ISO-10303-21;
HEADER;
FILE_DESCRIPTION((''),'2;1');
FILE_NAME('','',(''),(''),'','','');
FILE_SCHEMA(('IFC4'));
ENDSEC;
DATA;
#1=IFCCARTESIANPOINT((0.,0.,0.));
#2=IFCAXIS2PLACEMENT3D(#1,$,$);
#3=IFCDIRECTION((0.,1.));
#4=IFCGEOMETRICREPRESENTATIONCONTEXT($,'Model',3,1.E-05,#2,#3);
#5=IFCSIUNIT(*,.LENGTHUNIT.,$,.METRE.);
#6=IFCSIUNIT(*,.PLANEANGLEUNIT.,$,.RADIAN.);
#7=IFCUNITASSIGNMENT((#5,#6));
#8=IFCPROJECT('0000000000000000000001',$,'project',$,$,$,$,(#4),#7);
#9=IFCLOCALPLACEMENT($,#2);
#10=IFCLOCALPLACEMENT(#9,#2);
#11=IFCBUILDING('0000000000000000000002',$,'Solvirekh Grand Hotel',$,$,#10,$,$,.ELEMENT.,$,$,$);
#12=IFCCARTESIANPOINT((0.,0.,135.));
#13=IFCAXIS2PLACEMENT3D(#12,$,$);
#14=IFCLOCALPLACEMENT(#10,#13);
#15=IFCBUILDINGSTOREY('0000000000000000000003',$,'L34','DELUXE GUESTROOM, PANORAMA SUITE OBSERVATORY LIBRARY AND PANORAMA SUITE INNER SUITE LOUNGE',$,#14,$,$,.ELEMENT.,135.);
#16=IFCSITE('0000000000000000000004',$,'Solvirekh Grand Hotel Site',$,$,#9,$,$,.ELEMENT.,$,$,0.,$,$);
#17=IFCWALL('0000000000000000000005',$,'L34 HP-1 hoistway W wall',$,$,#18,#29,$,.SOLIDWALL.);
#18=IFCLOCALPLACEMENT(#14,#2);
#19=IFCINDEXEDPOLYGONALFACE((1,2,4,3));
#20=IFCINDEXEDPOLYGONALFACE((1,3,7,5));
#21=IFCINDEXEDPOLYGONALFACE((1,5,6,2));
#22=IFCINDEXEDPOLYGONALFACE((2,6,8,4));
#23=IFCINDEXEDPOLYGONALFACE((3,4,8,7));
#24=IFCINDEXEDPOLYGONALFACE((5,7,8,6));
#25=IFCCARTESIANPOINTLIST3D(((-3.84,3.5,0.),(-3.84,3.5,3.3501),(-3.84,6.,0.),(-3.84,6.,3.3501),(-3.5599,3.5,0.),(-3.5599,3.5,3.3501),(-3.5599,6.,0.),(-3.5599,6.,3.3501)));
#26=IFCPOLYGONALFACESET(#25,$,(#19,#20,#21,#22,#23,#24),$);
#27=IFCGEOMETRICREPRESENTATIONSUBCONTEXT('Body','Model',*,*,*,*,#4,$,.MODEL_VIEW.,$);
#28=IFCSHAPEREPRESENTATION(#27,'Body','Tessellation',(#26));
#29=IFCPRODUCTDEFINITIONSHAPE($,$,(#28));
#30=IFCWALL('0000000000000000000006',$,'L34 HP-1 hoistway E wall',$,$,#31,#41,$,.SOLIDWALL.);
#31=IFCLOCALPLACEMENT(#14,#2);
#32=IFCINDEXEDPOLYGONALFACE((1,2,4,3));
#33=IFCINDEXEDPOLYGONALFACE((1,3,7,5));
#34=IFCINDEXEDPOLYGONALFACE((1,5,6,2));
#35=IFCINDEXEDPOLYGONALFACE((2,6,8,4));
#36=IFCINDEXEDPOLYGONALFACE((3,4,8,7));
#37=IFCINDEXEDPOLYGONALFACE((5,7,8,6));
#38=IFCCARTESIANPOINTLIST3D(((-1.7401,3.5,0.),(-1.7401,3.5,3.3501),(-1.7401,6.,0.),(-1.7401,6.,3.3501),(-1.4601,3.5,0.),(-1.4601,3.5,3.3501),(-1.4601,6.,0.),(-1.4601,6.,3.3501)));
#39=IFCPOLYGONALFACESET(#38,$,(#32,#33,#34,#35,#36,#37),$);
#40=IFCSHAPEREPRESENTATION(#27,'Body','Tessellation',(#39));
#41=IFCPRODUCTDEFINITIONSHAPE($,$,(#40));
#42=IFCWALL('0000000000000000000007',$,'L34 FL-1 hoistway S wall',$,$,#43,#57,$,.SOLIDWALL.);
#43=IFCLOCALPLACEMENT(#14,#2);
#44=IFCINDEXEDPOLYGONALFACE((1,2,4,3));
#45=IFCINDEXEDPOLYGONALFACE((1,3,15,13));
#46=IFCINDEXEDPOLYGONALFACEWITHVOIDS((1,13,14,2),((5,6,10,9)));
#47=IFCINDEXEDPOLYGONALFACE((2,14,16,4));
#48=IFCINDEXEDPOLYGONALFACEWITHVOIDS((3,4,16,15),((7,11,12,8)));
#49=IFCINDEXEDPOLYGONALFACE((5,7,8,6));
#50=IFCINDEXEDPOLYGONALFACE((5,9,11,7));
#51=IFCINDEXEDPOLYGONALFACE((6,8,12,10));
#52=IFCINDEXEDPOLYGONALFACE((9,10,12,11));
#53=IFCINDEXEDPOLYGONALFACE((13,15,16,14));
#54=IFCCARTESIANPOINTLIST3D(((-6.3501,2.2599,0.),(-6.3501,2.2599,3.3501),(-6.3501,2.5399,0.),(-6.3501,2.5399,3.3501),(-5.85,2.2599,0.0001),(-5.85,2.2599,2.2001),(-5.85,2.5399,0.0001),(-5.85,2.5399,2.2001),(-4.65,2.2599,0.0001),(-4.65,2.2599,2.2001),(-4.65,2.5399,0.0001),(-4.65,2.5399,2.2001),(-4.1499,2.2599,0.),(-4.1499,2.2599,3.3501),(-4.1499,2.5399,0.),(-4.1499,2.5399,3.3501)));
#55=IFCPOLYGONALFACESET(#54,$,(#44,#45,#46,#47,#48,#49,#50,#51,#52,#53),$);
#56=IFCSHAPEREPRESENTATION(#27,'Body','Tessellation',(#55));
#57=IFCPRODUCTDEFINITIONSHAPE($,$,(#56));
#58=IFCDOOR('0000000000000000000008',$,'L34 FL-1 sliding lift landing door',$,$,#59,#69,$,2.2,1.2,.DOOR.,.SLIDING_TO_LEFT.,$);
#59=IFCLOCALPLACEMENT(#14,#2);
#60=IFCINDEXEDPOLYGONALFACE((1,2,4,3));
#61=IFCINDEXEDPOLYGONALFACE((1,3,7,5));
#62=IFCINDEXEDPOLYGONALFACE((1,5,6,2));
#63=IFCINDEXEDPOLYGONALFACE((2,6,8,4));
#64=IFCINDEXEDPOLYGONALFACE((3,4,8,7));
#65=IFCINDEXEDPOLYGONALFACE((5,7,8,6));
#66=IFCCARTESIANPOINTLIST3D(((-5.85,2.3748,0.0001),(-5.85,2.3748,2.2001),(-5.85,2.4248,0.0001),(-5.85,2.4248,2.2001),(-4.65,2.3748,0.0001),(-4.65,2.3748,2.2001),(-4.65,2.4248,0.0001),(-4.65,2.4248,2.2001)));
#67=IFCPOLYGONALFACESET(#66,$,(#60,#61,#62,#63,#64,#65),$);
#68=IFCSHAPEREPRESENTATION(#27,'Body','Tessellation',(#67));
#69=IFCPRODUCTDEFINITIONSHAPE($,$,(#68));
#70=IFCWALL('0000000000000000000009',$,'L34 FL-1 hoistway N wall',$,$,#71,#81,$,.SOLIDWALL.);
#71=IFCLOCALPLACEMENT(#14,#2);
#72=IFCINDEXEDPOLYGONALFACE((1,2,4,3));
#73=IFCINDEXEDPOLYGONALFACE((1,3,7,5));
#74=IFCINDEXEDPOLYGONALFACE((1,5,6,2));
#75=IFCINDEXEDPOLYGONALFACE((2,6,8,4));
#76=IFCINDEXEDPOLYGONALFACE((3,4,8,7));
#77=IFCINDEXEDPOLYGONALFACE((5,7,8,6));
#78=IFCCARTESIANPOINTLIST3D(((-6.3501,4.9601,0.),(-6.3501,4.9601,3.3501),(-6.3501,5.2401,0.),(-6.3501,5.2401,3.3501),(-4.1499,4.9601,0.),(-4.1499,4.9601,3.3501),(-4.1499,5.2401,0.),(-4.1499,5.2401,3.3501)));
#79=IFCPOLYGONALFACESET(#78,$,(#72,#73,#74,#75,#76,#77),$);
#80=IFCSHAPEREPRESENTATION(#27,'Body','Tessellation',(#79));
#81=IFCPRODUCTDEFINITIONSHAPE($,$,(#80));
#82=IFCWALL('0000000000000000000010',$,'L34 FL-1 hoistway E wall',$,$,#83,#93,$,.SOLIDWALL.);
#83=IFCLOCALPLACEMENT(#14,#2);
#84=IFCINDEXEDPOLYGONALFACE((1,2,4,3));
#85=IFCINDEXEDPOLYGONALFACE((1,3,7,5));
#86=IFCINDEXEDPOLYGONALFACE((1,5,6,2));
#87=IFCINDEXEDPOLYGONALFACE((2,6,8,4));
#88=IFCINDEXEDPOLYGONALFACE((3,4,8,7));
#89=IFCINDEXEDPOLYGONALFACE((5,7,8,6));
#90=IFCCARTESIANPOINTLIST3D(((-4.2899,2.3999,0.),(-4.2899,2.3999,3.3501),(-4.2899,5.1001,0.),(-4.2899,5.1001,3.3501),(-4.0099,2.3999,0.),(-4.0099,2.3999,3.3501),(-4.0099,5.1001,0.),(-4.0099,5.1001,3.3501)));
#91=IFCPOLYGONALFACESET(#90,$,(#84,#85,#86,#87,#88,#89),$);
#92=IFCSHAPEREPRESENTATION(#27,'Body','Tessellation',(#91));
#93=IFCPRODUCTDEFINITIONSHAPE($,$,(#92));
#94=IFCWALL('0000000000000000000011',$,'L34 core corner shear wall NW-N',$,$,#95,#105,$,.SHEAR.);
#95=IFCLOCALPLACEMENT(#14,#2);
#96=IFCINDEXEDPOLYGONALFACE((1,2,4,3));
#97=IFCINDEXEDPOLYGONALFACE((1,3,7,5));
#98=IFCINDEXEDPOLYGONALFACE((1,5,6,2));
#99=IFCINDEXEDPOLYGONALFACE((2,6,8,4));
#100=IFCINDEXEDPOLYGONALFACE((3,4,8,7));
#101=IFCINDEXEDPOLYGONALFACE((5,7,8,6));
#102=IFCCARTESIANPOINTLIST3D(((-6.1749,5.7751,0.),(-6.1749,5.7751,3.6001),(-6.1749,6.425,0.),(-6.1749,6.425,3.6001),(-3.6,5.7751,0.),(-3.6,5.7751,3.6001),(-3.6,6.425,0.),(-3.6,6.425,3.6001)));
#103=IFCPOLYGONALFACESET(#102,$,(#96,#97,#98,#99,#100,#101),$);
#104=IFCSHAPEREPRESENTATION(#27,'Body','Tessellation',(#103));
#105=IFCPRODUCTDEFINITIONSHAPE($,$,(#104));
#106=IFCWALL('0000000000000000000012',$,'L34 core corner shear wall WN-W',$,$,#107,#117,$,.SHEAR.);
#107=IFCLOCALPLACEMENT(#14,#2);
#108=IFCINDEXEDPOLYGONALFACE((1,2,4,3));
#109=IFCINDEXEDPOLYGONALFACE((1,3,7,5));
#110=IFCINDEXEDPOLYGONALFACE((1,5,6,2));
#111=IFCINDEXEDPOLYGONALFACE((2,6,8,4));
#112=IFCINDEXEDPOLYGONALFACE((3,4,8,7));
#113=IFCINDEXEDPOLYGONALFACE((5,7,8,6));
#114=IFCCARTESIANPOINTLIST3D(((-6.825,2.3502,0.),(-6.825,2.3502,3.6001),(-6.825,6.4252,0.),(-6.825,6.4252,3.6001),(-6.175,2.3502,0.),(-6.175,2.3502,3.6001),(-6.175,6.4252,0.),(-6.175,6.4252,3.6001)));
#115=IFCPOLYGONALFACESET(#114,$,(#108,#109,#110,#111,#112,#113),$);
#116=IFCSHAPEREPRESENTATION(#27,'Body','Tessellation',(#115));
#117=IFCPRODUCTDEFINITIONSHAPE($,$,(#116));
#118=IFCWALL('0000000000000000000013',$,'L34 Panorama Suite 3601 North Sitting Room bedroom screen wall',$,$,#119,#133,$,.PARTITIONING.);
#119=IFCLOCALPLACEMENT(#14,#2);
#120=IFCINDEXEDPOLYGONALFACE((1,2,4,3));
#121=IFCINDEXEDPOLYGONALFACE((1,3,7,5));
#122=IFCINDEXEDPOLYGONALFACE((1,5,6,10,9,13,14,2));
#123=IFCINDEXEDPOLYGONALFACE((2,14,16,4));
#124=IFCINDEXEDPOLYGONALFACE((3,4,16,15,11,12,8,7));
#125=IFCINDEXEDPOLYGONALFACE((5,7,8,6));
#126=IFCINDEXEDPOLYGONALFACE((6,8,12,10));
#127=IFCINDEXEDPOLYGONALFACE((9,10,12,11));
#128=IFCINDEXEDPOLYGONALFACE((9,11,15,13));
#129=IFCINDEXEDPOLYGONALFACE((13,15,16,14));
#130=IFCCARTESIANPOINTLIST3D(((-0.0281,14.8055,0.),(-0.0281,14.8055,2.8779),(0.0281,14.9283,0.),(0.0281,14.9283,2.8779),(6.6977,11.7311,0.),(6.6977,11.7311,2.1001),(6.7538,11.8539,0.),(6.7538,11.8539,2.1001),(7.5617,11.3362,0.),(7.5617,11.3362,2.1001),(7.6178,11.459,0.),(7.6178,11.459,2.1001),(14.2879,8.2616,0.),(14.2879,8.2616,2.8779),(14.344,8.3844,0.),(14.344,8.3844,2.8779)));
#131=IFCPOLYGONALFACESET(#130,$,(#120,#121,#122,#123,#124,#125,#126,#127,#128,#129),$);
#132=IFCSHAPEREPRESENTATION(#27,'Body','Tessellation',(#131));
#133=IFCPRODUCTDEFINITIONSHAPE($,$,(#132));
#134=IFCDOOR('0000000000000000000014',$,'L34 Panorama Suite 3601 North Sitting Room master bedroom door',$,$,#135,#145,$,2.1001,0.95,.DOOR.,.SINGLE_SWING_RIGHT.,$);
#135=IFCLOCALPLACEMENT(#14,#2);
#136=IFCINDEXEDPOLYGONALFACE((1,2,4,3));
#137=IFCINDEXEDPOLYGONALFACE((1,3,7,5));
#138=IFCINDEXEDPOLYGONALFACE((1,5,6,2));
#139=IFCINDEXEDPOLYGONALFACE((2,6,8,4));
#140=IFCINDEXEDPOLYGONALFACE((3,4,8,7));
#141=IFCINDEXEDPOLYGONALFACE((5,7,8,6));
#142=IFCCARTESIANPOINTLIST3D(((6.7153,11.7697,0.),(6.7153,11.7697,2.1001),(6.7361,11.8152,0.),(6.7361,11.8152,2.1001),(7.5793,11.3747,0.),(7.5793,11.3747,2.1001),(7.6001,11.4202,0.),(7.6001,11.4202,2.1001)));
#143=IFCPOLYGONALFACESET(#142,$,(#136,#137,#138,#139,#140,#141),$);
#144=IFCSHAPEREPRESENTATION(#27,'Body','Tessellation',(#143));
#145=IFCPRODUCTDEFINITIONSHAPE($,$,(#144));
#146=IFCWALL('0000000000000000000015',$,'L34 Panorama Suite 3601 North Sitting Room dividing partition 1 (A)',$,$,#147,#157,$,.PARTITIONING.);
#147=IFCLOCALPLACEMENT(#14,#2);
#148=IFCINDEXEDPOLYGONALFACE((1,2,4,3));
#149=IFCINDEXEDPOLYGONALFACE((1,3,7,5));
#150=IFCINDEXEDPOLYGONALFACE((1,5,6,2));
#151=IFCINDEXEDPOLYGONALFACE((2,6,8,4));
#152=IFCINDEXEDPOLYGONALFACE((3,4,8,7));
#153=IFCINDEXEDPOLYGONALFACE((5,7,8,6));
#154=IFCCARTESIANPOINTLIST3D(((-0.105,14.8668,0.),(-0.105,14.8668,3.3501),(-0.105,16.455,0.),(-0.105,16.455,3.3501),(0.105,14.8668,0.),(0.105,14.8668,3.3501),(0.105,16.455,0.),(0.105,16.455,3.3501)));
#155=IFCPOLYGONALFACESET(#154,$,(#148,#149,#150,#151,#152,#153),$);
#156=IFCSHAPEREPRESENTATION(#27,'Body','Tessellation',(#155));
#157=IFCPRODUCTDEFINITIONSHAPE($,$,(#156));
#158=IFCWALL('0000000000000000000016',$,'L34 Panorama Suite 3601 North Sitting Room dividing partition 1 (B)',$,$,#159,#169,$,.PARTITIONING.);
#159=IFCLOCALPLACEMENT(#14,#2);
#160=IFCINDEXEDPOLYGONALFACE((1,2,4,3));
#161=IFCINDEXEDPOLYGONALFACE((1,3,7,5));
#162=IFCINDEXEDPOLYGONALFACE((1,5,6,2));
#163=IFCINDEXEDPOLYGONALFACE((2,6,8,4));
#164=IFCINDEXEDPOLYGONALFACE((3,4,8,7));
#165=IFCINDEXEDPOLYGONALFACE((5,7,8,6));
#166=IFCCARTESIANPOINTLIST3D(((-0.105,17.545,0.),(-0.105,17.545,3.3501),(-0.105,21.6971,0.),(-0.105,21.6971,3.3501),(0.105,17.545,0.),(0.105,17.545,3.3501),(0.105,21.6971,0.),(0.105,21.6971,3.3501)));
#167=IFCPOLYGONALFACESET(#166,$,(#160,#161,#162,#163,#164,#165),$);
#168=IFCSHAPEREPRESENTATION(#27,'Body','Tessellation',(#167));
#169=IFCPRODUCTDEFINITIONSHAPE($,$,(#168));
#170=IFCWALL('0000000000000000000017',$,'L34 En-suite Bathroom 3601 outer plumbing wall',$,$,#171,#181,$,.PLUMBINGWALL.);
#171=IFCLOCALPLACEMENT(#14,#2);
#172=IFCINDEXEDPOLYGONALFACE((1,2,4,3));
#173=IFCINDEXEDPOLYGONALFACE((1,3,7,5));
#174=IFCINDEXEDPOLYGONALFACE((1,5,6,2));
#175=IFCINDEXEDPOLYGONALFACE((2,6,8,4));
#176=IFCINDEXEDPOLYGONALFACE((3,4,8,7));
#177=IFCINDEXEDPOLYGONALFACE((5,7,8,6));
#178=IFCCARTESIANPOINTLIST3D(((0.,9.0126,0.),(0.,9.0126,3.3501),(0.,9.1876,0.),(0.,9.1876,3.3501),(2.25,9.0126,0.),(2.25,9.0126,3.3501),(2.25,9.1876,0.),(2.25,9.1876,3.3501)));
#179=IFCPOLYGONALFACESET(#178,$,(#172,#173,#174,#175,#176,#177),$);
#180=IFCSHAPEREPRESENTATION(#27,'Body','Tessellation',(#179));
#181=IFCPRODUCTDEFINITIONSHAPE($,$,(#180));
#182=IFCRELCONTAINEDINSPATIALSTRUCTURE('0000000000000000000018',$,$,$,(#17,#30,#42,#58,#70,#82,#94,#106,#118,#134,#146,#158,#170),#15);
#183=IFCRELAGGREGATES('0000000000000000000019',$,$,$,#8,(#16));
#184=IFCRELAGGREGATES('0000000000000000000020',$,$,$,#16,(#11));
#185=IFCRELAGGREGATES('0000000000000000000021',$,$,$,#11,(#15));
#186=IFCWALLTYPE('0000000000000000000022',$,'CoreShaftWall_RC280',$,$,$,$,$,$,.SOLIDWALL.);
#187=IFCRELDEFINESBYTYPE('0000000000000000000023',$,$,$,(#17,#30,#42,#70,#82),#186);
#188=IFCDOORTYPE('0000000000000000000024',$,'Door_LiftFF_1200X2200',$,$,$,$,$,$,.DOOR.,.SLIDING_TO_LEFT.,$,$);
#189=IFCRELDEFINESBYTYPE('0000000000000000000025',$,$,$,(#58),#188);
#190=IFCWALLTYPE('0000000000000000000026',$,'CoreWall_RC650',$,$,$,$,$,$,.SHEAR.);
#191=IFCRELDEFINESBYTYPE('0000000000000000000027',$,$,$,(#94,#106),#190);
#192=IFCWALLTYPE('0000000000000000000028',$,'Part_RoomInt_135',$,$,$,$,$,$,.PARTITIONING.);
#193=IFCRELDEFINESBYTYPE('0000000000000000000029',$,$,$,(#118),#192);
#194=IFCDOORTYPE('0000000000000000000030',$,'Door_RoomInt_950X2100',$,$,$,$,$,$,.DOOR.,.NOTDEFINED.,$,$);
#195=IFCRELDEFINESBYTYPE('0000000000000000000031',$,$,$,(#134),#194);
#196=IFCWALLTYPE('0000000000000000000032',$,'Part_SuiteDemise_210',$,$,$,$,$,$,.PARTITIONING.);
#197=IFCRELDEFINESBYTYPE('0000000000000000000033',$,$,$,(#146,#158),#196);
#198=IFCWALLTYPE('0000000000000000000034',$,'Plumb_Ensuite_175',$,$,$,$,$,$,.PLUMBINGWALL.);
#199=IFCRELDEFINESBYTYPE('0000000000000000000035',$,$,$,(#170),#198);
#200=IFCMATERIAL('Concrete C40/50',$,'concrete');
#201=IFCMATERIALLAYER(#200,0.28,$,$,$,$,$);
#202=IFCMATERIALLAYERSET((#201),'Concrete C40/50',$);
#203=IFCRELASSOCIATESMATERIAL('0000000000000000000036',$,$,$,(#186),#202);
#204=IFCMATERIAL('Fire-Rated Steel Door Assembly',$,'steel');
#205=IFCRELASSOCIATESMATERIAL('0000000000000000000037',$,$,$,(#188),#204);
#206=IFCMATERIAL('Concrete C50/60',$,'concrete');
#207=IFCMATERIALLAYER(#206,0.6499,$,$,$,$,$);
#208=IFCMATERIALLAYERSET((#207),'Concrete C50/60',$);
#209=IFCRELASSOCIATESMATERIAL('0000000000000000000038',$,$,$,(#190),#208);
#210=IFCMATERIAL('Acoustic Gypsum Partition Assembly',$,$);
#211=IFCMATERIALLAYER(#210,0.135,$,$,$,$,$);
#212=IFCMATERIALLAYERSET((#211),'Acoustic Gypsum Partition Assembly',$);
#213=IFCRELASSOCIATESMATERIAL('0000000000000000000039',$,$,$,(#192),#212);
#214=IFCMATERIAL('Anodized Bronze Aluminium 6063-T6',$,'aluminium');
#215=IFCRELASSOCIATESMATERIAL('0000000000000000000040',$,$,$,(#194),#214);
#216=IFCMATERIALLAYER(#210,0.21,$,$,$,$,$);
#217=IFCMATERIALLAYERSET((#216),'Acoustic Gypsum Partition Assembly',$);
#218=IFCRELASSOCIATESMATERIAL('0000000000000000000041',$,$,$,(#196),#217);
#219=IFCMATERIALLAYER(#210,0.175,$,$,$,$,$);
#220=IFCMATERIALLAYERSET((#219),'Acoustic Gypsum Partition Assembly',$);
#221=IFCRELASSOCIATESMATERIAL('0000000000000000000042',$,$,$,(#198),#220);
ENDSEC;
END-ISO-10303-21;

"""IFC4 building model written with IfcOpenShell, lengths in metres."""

from ifc_helpers import new_model, si_unit, direction, frame, frame_2d, origin, place, context, subcontext, project, spatial, rectangle, extrude, material, layer, layer_set, type_object, element, fill, save


model = new_model("IFC4")

# Units and contexts
model_context = context("Model", 3, precision=1e-05, world=origin(), true_north=direction((0.0, 1.0)))
body_context = subcontext(model_context, "Body", "Model", "MODEL_VIEW")
ifc_project = project(units=[si_unit("LENGTHUNIT", "METRE"), si_unit("PLANEANGLEUNIT", "RADIAN")], contexts=[model_context])

# Site, building, storey
site_placement = place(None, origin())
site = spatial("IfcSite", under=ifc_project, at=site_placement, Name="Solvirekh Grand Hotel Site", CompositionType="ELEMENT", RefElevation=0.0)
building_placement = place(site_placement, origin())
building = spatial("IfcBuilding", under=site, at=building_placement, Name="Solvirekh Grand Hotel", CompositionType="ELEMENT")
storey_placement = place(building_placement, frame((0.0, 0.0, 135.0)))
storey = spatial("IfcBuildingStorey", under=building, at=storey_placement, Name="L34", Description="DELUXE GUESTROOM, PANORAMA SUITE OBSERVATORY LIBRARY AND PANORAMA SUITE INNER SUITE LOUNGE", CompositionType="ELEMENT", Elevation=135.0)

# Shared definitions
ifc_material_1 = material(Name="Concrete C50/60", Category="concrete")

# Shared definitions
ifc_material_2 = material(Name="Anodized Bronze Aluminium 6063-T6", Category="aluminium")

# Walls
ifc_material_3 = material(Name="Concrete C40/50", Category="concrete")
ifc_layer_1 = layer(ifc_material_3, 0.28)
ifc_layer_set_1 = layer_set([ifc_layer_1], Name="Concrete C40/50")
wall_type_1 = type_object("IfcWallType", Name="CoreShaftWall_RC280", PredefinedType="SOLIDWALL", material=ifc_layer_set_1)
for number, where, z_axis, x_axis, name in (
    (1, (-3.7, 6.0, 0.0), (0.0, 0.0, 1.0), (0.0, -1.0, 0.0), "L34 HP-1 hoistway W wall"),
    (2, (-1.6001, 3.5, 0.0), (0.0, 0.0, 1.0), (0.0, 1.0, 0.0), "L34 HP-1 hoistway E wall"),
):
    element("IfcWall", number, at=place(storey_placement, frame(where, z_axis=z_axis, x_axis=x_axis)), inside=storey, type_object=wall_type_1, Name=name, PredefinedType="SOLIDWALL", context=body_context, shape_type="SweptSolid", body=[
        extrude(rectangle(XDim=2.5, YDim=0.28, at=frame_2d((1.25, 0.0))), origin(), (0.0, 0.0, 1.0), 3.3501),
    ])

# Wall, opening, door
wall_1_placement = place(storey_placement, frame((-6.3501, 2.3999, 0.0), z_axis=(0.0, 0.0, 1.0), x_axis=(1.0, 0.0, 0.0)))
wall_1 = element("IfcWall", 3, at=wall_1_placement, inside=storey, type_object=wall_type_1, Name="L34 FL-1 hoistway S wall", PredefinedType="SOLIDWALL", context=body_context, shape_type="SweptSolid", body=[
    extrude(rectangle(XDim=2.2002, YDim=0.28, at=frame_2d((1.1001, 0.0))), origin(), (0.0, 0.0, 1.0), 3.3501),
])
opening_1_placement = place(wall_1_placement, frame((0.5, 0.0, 0.0)))
opening_1 = element("IfcOpeningElement", 4, at=opening_1_placement, cuts=wall_1, PredefinedType="OPENING", context=body_context, shape_type="SweptSolid", body=[
    extrude(rectangle(XDim=1.2, YDim=2.2, at=frame_2d((0.6001, 1.1001))), frame((0.0, 0.1499, 0.0), z_axis=(0.0, -1.0, 0.0), x_axis=(1.0, 0.0, 0.0)), (0.0, 0.0, 1.0), 0.3),
])
ifc_material_4 = material(Name="Fire-Rated Steel Door Assembly", Category="steel")
door_type_1 = type_object("IfcDoorType", Name="Door_LiftFF_1200X2200", OperationType="SLIDING_TO_LEFT", PredefinedType="DOOR", material=ifc_material_4)
door_1_placement = place(opening_1_placement, origin())
door_1 = element("IfcDoor", 5, at=door_1_placement, inside=storey, type_object=door_type_1, Name="L34 FL-1 sliding lift landing door", OperationType="SLIDING_TO_LEFT", OverallHeight=2.2, OverallWidth=1.2, PredefinedType="DOOR", context=body_context, shape_type="SweptSolid", body=[
    extrude(rectangle(XDim=1.2, YDim=2.2, at=frame_2d((0.6001, 1.1001))), frame((0.0, 0.0249, 0.0), z_axis=(0.0, -1.0, 0.0), x_axis=(1.0, 0.0, 0.0)), (0.0, 0.0, 1.0), 0.05),
])
fill(opening_1, door_1)

# Walls
wall_2_placement = place(storey_placement, frame((-4.1499, 5.1001, 0.0), z_axis=(0.0, 0.0, 1.0), x_axis=(-1.0, 0.0, 0.0)))
element("IfcWall", 6, at=wall_2_placement, inside=storey, type_object=wall_type_1, Name="L34 FL-1 hoistway N wall", PredefinedType="SOLIDWALL", context=body_context, shape_type="SweptSolid", body=[
    extrude(rectangle(XDim=2.2002, YDim=0.28, at=frame_2d((1.1001, 0.0))), origin(), (0.0, 0.0, 1.0), 3.3501),
])
wall_3_placement = place(storey_placement, frame((-4.1499, 2.3999, 0.0), z_axis=(0.0, 0.0, 1.0), x_axis=(0.0, 1.0, 0.0)))
element("IfcWall", 7, at=wall_3_placement, inside=storey, type_object=wall_type_1, Name="L34 FL-1 hoistway E wall", PredefinedType="SOLIDWALL", context=body_context, shape_type="SweptSolid", body=[
    extrude(rectangle(XDim=2.7002, YDim=0.28, at=frame_2d((1.3501, 0.0))), origin(), (0.0, 0.0, 1.0), 3.3501),
])
ifc_layer_2 = layer(ifc_material_1, 0.6499)
ifc_layer_set_2 = layer_set([ifc_layer_2], Name="Concrete C50/60")
wall_type_2 = type_object("IfcWallType", Name="CoreWall_RC650", PredefinedType="SHEAR", material=ifc_layer_set_2)
wall_4_placement = place(storey_placement, frame((-6.175, 6.1001, 0.0), z_axis=(0.0, 0.0, 1.0), x_axis=(1.0, 0.0, 0.0)))
element("IfcWall", 8, at=wall_4_placement, inside=storey, type_object=wall_type_2, Name="L34 core corner shear wall NW-N", PredefinedType="SHEAR", context=body_context, shape_type="SweptSolid", body=[
    extrude(rectangle(XDim=2.575, YDim=0.6499, at=frame_2d((1.2876, 0.0))), origin(), (0.0, 0.0, 1.0), 3.6001),
])
wall_5_placement = place(storey_placement, frame((-6.5, 2.3501, 0.0), z_axis=(0.0, 0.0, 1.0), x_axis=(0.0, 1.0, 0.0)))
element("IfcWall", 9, at=wall_5_placement, inside=storey, type_object=wall_type_2, Name="L34 core corner shear wall WN-W", PredefinedType="SHEAR", context=body_context, shape_type="SweptSolid", body=[
    extrude(rectangle(XDim=4.075, YDim=0.6499, at=frame_2d((2.0376, 0.0))), origin(), (0.0, 0.0, 1.0), 3.6001),
])

# Wall, opening, door
ifc_material_5 = material(Name="Acoustic Gypsum Partition Assembly")
ifc_layer_3 = layer(ifc_material_5, 0.135)
ifc_layer_set_3 = layer_set([ifc_layer_3], Name="Acoustic Gypsum Partition Assembly")
wall_type_3 = type_object("IfcWallType", Name="Part_RoomInt_135", PredefinedType="PARTITIONING", material=ifc_layer_set_3)
wall_6_placement = place(storey_placement, frame((0.0, 14.8669, 0.0), z_axis=(0.0, 0.0, 1.0), x_axis=(0.909486, -0.415735, 0.0)))
wall_6 = element("IfcWall", 10, at=wall_6_placement, inside=storey, type_object=wall_type_3, Name="L34 Panorama Suite 3601 North Sitting Room bedroom screen wall", PredefinedType="PARTITIONING", context=body_context, shape_type="SweptSolid", body=[
    extrude(rectangle(XDim=15.7407, YDim=0.135, at=frame_2d((7.8704, 0.0))), origin(), (0.0, 0.0, 1.0), 2.8779),
])
opening_2_placement = place(wall_6_placement, frame((7.395, 0.0, 0.0)))
opening_2 = element("IfcOpeningElement", 11, at=opening_2_placement, cuts=wall_6, PredefinedType="OPENING", context=body_context, shape_type="SweptSolid", body=[
    extrude(rectangle(XDim=0.95, YDim=2.1001, at=frame_2d((0.4751, 1.05))), frame((0.0, 0.0776, 0.0), z_axis=(0.0, -1.0, 0.0), x_axis=(1.0, 0.0, 0.0)), (0.0, 0.0, 1.0), 0.155),
])
door_type_2 = type_object("IfcDoorType", Name="Door_RoomInt_950X2100", OperationType="NOTDEFINED", PredefinedType="DOOR", material=ifc_material_2)
door_2_placement = place(opening_2_placement, origin())
door_2 = element("IfcDoor", 12, at=door_2_placement, inside=storey, type_object=door_type_2, Name="L34 Panorama Suite 3601 North Sitting Room master bedroom door", OperationType="SINGLE_SWING_RIGHT", OverallHeight=2.1001, OverallWidth=0.95, PredefinedType="DOOR", context=body_context, shape_type="SweptSolid", body=[
    extrude(rectangle(XDim=0.95, YDim=2.1001, at=frame_2d((0.4751, 1.05))), frame((0.0, 0.0249, 0.0), z_axis=(0.0, -1.0, 0.0), x_axis=(1.0, 0.0, 0.0)), (0.0, 0.0, 1.0), 0.05),
])
fill(opening_2, door_2)

# Walls
ifc_layer_4 = layer(ifc_material_5, 0.21)
ifc_layer_set_4 = layer_set([ifc_layer_4], Name="Acoustic Gypsum Partition Assembly")
wall_type_4 = type_object("IfcWallType", Name="Part_SuiteDemise_210", PredefinedType="PARTITIONING", material=ifc_layer_set_4)
wall_7_placement = place(storey_placement, frame((0.0, 14.8669, 0.0), z_axis=(0.0, 0.0, 1.0), x_axis=(0.0, 1.0, 0.0)))
element("IfcWall", 13, at=wall_7_placement, inside=storey, type_object=wall_type_4, Name="L34 Panorama Suite 3601 North Sitting Room dividing partition 1 (A)", PredefinedType="PARTITIONING", context=body_context, shape_type="SweptSolid", body=[
    extrude(rectangle(XDim=1.5881, YDim=0.21, at=frame_2d((0.7939, 0.0))), origin(), (0.0, 0.0, 1.0), 3.3501),
])
wall_8_placement = place(storey_placement, frame((0.0, 17.5449, 0.0), z_axis=(0.0, 0.0, 1.0), x_axis=(0.0, 1.0, 0.0)))
element("IfcWall", 14, at=wall_8_placement, inside=storey, type_object=wall_type_4, Name="L34 Panorama Suite 3601 North Sitting Room dividing partition 1 (B)", PredefinedType="PARTITIONING", context=body_context, shape_type="SweptSolid", body=[
    extrude(rectangle(XDim=4.1521, YDim=0.21, at=frame_2d((2.0762, 0.0))), origin(), (0.0, 0.0, 1.0), 3.3501),
])
ifc_layer_5 = layer(ifc_material_5, 0.175)
ifc_layer_set_5 = layer_set([ifc_layer_5], Name="Acoustic Gypsum Partition Assembly")
wall_type_5 = type_object("IfcWallType", Name="Plumb_Ensuite_175", PredefinedType="PLUMBINGWALL", material=ifc_layer_set_5)
for number, where, z_axis, x_axis, name in (
    (15, (0.0, 9.1001, 0.0), (0.0, 0.0, 1.0), (1.0, 0.0, 0.0), "L34 En-suite Bathroom 3601 outer plumbing wall"),
):
    element("IfcWall", number, at=place(storey_placement, frame(where, z_axis=z_axis, x_axis=x_axis)), inside=storey, type_object=wall_type_5, Name=name, PredefinedType="PLUMBINGWALL", context=body_context, shape_type="SweptSolid", body=[
        extrude(rectangle(XDim=2.25, YDim=0.175, at=frame_2d((1.125, 0.0))), origin(), (0.0, 0.0, 1.0), 3.3501),
    ])

save(model, "model.ifc")
